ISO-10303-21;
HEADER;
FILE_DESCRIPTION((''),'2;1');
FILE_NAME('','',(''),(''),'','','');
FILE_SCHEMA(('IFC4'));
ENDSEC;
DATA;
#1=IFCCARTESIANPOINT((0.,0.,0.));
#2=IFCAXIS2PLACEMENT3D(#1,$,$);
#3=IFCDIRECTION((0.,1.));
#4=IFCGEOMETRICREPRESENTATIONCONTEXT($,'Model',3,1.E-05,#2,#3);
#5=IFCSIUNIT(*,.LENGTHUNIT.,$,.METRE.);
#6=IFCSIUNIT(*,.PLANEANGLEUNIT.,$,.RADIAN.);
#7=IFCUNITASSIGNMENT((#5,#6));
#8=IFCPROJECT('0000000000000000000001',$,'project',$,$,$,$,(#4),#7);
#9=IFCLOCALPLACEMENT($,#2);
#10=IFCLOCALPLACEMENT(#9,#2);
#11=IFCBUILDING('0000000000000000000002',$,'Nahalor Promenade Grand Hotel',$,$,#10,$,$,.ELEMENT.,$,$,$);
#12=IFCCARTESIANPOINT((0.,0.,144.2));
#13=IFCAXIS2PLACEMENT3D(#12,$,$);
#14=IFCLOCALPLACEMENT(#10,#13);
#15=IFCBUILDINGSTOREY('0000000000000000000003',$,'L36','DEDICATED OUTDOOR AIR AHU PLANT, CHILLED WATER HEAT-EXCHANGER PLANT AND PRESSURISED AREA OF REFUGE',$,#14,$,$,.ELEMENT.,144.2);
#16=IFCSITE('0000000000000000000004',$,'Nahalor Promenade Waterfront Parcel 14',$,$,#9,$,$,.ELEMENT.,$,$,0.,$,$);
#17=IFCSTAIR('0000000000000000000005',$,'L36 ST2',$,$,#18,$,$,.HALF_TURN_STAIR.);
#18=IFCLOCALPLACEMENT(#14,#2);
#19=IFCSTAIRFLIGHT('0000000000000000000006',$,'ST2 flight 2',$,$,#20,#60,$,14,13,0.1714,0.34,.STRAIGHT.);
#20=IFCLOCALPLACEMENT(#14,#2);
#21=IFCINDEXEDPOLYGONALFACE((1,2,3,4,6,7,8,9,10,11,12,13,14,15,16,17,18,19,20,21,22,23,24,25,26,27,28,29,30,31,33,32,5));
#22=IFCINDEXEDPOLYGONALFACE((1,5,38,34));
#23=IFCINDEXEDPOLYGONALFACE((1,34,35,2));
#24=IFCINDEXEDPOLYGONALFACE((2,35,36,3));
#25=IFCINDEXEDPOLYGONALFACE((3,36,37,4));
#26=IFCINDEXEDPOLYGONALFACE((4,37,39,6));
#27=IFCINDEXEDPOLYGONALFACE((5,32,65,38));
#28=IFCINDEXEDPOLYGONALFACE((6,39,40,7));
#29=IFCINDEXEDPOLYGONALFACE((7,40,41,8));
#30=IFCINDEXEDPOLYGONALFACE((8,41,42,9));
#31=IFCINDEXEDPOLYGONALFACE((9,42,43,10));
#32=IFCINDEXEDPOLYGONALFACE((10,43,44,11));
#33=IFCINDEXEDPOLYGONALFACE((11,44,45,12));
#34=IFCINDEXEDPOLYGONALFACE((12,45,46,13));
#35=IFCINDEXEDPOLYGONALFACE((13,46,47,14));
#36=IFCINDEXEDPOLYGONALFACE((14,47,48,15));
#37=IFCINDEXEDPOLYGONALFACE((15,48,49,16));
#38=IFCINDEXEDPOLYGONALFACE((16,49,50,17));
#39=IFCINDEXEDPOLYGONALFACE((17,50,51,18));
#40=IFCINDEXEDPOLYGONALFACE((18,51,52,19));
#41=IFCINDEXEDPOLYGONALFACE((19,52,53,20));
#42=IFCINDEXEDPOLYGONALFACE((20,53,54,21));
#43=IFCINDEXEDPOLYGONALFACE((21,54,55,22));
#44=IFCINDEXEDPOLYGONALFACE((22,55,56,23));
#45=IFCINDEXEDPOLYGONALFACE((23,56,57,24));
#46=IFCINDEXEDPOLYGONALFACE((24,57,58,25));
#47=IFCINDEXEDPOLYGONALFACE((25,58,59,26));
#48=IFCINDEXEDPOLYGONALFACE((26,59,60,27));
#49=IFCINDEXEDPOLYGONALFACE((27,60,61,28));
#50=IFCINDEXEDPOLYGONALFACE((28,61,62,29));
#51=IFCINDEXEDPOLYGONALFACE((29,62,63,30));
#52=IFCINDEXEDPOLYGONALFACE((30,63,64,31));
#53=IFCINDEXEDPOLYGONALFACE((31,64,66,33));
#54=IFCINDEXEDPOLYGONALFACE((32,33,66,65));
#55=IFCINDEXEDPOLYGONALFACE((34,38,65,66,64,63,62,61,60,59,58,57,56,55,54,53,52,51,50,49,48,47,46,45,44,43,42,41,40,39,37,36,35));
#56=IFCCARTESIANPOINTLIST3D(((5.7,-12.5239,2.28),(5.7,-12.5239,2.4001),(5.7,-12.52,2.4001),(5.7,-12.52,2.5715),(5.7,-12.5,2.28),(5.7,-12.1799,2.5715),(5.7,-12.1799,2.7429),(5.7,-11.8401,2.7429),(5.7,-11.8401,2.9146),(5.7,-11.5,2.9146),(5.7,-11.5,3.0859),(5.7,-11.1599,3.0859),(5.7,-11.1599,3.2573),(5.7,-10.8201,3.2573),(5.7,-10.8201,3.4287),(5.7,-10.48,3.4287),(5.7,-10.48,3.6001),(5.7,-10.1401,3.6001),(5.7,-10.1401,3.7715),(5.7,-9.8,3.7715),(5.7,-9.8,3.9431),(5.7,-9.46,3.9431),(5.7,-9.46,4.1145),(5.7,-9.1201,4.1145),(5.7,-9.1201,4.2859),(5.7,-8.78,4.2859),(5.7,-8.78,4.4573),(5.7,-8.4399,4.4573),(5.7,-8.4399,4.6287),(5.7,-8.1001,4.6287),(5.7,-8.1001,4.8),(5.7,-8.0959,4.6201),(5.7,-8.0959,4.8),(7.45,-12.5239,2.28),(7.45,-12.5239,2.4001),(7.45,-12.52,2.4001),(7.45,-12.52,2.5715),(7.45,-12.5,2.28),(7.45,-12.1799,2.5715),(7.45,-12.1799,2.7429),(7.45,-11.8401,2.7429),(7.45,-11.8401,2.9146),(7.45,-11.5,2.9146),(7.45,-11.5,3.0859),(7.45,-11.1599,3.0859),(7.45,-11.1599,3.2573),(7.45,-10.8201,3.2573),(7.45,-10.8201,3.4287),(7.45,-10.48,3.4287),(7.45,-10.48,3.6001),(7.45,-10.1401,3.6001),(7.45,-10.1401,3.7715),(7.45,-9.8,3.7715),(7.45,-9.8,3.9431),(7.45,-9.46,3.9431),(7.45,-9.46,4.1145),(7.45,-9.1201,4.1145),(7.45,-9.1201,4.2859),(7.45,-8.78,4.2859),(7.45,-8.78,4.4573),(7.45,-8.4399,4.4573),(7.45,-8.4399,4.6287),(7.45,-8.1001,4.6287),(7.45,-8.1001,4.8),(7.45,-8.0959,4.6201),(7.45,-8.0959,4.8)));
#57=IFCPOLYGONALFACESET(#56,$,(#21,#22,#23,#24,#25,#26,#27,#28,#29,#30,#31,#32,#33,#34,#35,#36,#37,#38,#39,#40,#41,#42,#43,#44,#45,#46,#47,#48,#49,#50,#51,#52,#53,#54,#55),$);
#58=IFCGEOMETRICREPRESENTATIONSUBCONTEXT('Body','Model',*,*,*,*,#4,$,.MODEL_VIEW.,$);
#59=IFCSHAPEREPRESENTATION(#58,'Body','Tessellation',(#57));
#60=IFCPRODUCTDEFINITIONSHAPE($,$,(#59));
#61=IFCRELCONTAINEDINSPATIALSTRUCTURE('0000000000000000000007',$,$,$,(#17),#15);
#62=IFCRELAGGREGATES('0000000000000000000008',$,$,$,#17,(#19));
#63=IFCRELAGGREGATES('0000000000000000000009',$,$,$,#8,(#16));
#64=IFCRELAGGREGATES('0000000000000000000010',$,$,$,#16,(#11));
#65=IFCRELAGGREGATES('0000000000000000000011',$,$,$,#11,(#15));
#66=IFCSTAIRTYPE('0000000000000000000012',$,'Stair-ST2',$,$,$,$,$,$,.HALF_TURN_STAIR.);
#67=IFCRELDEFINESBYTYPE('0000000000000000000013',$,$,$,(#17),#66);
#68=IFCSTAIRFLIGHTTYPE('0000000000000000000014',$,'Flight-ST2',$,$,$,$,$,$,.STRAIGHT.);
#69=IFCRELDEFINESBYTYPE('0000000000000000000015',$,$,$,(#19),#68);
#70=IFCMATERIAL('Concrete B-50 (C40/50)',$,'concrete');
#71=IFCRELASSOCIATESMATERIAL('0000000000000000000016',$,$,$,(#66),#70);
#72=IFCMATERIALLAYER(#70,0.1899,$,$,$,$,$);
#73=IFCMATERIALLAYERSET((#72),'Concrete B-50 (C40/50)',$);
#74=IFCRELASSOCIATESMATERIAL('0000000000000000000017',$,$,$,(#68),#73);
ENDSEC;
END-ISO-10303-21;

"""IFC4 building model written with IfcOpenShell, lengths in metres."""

from ifc_helpers import new_model, si_unit, direction, frame, origin, place, context, subcontext, project, spatial, polyline, outline, extrude, source, transform, mapped, material, layer, layer_set, type_object, element, aggregate, save


model = new_model("IFC4")

# Units and contexts
model_context = context("Model", 3, precision=1e-05, world=origin(), true_north=direction((0.0, 1.0)))
body_context = subcontext(model_context, "Body", "Model", "MODEL_VIEW")
ifc_project = project(units=[si_unit("LENGTHUNIT", "METRE"), si_unit("PLANEANGLEUNIT", "RADIAN")], contexts=[model_context])

# Site, building, storey
site_placement = place(None, origin())
site = spatial("IfcSite", under=ifc_project, at=site_placement, Name="Nahalor Promenade Waterfront Parcel 14", CompositionType="ELEMENT", RefElevation=0.0)
building_placement = place(site_placement, origin())
building = spatial("IfcBuilding", under=site, at=building_placement, Name="Nahalor Promenade Grand Hotel", CompositionType="ELEMENT")
storey_placement = place(building_placement, frame((0.0, 0.0, 144.2)))
storey = spatial("IfcBuildingStorey", under=building, at=storey_placement, Name="L36", Description="DEDICATED OUTDOOR AIR AHU PLANT, CHILLED WATER HEAT-EXCHANGER PLANT AND PRESSURISED AREA OF REFUGE", CompositionType="ELEMENT", Elevation=144.2)

# Shared definitions
ifc_material_1 = material(Name="Concrete B-50 (C40/50)", Category="concrete")

# Stair, stair flight
stair_type = type_object("IfcStairType", Name="Stair-ST2", PredefinedType="HALF_TURN_STAIR", material=ifc_material_1)
stair_placement = place(storey_placement, origin())
stair = element("IfcStair", 1, at=stair_placement, inside=storey, type_object=stair_type, Name="L36 ST2", PredefinedType="HALF_TURN_STAIR")
ifc_layer_1 = layer(ifc_material_1, 0.1899)
ifc_layer_set_1 = layer_set([ifc_layer_1], Name="Concrete B-50 (C40/50)")
stair_flight_type = type_object("IfcStairFlightType", Name="Flight-ST2", PredefinedType="STRAIGHT", material=ifc_layer_set_1)
shared_shape_1 = source(origin(), body_context, "Body", "SweptSolid", [
    extrude(outline(polyline([(-0.0039, -0.1201), (-0.0039, 0.0), (0.0, 0.0), (0.0, 0.1714), (0.3401, 0.1714), (0.3401, 0.3428), (0.6799, 0.3428), (0.6799, 0.5144), (1.02, 0.5144), (1.02, 0.6858), (1.3601, 0.6858), (1.3601, 0.8572), (1.7, 0.8572), (1.7, 1.0286), (2.04, 1.0286), (2.04, 1.2), (2.3799, 1.2), (2.3799, 1.3713), (2.72, 1.3713), (2.72, 1.543), (3.0601, 1.543), (3.0601, 1.7144), (3.3999, 1.7144), (3.3999, 1.8857), (3.74, 1.8857), (3.74, 2.0571), (4.0801, 2.0571), (4.0801, 2.2285), (4.4199, 2.2285), (4.4199, 2.3999), (4.4241, 2.3999), (4.4241, 2.22), (0.02, -0.1201), (-0.0039, -0.1201)])), frame((0.0, 0.875, 0.0), z_axis=(0.0, -1.0, 0.0), x_axis=(1.0, 0.0, 0.0)), (0.0, 0.0, 1.0), 1.75),
])
stair_flight_1_placement = place(storey_placement, frame((6.575, -12.52, 2.4001), z_axis=(0.0, 0.0, 1.0), x_axis=(0.0, 1.0, 0.0)))
stair_flight_1 = element("IfcStairFlight", 2, at=stair_flight_1_placement, type_object=stair_flight_type, Name="ST2 flight 2", NumberOfRisers=14, NumberOfTreads=13, PredefinedType="STRAIGHT", RiserHeight=0.1714, TreadLength=0.34, context=body_context, shape_type="MappedRepresentation", body=[
    mapped(shared_shape_1, transform((0.0, 0.0, 0.0), scale=1.0)),
])
aggregate(stair, [stair_flight_1])

save(model, "model.ifc")
